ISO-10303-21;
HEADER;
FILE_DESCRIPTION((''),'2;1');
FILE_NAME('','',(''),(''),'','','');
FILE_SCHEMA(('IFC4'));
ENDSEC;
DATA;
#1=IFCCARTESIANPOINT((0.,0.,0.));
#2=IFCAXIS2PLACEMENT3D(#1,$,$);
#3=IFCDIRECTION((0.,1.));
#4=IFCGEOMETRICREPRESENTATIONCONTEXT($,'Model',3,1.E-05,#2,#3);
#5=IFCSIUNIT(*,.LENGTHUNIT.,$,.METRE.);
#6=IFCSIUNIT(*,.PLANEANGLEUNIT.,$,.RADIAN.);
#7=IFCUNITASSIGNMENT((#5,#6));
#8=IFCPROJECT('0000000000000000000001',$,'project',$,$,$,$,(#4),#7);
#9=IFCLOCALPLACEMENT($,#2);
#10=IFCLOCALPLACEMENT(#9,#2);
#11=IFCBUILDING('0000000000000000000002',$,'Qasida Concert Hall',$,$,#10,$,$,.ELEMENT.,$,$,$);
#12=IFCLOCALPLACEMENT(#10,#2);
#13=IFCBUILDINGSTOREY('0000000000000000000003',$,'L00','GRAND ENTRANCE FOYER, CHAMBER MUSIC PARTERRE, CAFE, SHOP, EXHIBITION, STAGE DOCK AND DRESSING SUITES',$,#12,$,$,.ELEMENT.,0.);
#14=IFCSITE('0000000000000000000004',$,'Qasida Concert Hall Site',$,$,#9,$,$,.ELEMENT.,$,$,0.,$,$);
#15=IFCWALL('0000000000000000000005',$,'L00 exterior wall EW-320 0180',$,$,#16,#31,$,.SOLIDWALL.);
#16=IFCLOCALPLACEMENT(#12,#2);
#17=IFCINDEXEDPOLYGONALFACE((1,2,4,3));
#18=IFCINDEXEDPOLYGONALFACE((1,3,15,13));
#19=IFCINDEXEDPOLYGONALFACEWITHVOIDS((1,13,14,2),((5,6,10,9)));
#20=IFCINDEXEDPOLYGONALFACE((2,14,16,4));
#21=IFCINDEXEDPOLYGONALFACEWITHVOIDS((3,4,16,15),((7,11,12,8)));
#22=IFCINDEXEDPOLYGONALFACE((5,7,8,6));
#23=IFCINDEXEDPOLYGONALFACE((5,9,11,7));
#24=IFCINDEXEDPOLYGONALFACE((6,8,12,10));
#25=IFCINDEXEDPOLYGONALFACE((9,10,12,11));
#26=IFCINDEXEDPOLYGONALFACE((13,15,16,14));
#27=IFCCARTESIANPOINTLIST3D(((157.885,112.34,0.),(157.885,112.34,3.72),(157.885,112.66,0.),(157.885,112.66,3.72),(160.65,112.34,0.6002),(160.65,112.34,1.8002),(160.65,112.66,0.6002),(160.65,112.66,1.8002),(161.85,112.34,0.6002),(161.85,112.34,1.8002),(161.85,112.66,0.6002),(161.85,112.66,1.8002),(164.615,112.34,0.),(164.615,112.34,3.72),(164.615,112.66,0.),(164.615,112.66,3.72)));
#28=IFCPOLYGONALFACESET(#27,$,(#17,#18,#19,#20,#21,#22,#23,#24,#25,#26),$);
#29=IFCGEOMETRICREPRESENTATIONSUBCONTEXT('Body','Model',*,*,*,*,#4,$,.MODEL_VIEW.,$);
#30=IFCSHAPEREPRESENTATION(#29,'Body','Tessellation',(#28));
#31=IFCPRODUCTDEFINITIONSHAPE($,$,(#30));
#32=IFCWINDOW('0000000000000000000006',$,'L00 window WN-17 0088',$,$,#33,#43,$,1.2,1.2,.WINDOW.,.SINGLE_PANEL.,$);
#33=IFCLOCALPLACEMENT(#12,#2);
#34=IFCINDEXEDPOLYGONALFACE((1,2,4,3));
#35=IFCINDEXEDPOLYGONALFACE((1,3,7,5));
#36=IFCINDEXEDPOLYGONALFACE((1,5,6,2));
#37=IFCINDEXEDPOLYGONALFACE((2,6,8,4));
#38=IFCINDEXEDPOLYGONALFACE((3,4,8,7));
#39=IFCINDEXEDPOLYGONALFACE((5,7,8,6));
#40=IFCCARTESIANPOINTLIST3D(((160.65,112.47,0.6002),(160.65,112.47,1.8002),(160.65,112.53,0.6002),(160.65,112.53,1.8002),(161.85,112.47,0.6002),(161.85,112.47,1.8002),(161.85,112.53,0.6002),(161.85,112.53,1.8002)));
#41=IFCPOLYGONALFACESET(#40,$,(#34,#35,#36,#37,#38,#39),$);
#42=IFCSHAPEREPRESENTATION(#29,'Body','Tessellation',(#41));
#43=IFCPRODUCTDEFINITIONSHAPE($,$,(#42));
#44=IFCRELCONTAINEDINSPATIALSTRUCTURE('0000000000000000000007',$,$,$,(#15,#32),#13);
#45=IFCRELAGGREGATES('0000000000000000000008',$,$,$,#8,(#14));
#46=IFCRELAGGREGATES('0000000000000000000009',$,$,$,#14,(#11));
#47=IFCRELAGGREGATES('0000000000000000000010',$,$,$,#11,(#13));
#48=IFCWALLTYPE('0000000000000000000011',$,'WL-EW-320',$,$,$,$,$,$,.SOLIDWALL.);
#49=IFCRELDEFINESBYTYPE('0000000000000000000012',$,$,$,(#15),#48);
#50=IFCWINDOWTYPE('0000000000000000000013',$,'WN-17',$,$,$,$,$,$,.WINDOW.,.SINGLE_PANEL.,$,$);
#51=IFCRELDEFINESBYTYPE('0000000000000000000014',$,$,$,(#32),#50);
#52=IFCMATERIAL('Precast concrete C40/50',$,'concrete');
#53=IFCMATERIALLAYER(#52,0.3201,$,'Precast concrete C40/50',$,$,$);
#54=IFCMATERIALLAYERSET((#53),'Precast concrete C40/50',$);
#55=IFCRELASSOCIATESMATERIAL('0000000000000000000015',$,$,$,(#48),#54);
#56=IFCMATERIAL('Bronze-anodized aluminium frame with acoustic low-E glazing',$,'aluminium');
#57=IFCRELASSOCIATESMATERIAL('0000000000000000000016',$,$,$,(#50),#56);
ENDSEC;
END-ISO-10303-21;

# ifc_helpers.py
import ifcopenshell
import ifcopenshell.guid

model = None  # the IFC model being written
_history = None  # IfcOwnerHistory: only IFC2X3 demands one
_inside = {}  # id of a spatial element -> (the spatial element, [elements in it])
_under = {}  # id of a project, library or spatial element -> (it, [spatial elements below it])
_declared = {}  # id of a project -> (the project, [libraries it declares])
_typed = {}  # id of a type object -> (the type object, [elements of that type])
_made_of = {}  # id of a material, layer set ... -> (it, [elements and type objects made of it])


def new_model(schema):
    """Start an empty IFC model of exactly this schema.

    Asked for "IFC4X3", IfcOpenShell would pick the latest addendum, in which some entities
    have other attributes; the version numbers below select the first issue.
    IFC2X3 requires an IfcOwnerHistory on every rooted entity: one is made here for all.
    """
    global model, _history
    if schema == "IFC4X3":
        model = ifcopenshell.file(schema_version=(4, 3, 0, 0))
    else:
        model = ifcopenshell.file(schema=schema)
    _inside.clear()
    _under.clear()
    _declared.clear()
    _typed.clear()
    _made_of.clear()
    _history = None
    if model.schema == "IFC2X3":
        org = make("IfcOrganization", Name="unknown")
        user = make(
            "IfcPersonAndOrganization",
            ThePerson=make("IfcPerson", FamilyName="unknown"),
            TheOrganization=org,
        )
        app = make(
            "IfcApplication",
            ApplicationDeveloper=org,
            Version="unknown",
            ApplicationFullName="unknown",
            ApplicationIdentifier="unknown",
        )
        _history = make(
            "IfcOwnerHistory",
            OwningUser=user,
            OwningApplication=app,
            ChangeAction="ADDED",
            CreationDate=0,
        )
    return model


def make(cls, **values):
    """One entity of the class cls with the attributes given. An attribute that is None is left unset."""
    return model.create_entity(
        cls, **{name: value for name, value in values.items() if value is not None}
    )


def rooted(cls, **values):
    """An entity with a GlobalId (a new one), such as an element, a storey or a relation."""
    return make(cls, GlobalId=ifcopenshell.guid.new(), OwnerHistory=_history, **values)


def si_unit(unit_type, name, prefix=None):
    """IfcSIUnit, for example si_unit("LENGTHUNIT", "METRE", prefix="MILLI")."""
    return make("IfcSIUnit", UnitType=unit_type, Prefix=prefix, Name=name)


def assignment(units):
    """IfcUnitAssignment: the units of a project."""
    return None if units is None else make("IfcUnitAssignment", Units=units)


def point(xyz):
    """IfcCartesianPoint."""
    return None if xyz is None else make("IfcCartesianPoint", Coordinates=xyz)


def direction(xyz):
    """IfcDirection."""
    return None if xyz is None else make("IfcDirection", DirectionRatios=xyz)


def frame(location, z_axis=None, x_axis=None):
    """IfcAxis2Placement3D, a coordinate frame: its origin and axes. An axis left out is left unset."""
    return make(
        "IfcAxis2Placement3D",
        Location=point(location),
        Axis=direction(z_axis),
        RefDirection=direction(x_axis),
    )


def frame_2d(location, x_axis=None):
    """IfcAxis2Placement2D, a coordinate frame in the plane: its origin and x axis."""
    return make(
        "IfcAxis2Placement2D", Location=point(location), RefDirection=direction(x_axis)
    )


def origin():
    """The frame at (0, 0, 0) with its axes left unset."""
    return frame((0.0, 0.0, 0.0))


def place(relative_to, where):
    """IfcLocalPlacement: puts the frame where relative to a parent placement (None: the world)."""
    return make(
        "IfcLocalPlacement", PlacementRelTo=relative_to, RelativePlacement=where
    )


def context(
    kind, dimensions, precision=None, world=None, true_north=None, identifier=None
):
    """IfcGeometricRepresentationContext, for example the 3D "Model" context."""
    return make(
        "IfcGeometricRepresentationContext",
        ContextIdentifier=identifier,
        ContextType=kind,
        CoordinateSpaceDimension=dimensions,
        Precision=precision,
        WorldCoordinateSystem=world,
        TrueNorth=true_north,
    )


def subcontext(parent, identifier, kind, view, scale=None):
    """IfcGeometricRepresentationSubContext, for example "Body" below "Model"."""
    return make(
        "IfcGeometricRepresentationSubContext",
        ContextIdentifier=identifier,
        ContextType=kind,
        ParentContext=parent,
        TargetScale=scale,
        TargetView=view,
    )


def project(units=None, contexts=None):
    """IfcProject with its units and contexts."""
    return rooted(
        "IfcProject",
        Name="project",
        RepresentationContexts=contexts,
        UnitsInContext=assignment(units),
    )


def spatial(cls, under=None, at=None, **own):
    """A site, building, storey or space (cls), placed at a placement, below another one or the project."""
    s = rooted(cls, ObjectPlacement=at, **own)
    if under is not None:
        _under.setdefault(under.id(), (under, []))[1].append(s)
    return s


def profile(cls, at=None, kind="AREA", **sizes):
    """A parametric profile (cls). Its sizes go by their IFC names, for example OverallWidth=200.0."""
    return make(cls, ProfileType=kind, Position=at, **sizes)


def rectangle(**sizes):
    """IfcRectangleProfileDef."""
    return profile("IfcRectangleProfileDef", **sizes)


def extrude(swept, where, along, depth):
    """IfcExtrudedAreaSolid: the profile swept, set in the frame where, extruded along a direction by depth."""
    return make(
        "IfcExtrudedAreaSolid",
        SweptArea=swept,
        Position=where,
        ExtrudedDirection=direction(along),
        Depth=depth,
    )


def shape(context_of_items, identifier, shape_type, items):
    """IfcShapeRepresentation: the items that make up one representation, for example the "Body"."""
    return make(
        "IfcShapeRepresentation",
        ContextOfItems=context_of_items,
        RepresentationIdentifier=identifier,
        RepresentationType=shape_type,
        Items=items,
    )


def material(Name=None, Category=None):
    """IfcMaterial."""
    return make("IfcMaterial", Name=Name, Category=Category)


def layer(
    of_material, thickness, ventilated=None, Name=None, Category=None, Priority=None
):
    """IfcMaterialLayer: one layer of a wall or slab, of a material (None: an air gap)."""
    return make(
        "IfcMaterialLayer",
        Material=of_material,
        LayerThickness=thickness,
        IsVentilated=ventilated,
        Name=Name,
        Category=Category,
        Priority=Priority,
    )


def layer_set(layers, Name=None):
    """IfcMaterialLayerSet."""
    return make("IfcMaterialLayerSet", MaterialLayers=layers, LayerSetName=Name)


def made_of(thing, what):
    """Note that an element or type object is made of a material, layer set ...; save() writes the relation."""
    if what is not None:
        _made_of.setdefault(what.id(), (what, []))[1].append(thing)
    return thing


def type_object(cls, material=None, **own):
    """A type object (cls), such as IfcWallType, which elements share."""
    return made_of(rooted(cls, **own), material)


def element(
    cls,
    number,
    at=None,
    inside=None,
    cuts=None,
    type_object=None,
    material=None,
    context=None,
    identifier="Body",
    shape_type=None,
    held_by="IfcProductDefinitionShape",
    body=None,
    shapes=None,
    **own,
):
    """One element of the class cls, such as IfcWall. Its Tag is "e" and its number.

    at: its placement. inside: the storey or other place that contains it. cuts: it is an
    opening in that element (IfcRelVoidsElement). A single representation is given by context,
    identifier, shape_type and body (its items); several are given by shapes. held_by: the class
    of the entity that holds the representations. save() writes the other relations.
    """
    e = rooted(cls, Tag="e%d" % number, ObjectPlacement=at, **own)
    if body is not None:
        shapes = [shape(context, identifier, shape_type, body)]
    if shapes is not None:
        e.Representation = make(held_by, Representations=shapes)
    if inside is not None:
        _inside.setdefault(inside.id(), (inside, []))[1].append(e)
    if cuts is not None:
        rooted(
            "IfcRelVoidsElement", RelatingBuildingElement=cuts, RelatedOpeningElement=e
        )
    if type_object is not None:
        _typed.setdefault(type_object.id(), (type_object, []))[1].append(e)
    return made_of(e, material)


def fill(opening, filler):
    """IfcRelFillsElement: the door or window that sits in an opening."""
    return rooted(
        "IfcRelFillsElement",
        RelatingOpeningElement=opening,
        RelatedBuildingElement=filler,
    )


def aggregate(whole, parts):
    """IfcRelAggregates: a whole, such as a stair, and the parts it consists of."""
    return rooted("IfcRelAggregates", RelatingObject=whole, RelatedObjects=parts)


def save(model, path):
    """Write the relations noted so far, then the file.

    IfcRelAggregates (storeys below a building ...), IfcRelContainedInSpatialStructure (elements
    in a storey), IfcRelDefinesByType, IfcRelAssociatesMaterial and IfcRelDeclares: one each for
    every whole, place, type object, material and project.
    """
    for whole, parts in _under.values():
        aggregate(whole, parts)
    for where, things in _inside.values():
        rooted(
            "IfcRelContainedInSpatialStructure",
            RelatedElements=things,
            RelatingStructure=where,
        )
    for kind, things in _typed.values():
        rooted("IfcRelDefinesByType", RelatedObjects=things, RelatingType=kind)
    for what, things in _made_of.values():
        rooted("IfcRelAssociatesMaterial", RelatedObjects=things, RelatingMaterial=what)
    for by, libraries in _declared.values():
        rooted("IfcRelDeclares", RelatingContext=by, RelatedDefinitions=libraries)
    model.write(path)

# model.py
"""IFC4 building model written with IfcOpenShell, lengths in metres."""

from ifc_helpers import new_model, si_unit, direction, frame, frame_2d, origin, place, context, subcontext, project, spatial, rectangle, extrude, material, layer, layer_set, type_object, element, fill, save


model = new_model("IFC4")

# Units and contexts
model_context = context("Model", 3, precision=1e-05, world=origin(), true_north=direction((0.0, 1.0)))
body_context = subcontext(model_context, "Body", "Model", "MODEL_VIEW")
ifc_project = project(units=[si_unit("LENGTHUNIT", "METRE"), si_unit("PLANEANGLEUNIT", "RADIAN")], contexts=[model_context])

# Site, building, storey
site_placement = place(None, origin())
site = spatial("IfcSite", under=ifc_project, at=site_placement, Name="Qasida Concert Hall Site", CompositionType="ELEMENT", RefElevation=0.0)
building_placement = place(site_placement, origin())
building = spatial("IfcBuilding", under=site, at=building_placement, Name="Qasida Concert Hall", CompositionType="ELEMENT")
storey_placement = place(building_placement, origin())
storey = spatial("IfcBuildingStorey", under=building, at=storey_placement, Name="L00", Description="GRAND ENTRANCE FOYER, CHAMBER MUSIC PARTERRE, CAFE, SHOP, EXHIBITION, STAGE DOCK AND DRESSING SUITES", CompositionType="ELEMENT", Elevation=0.0)

# Wall, opening, window
ifc_material_1 = material(Name="Precast concrete C40/50", Category="concrete")
ifc_layer_1 = layer(ifc_material_1, 0.3201, Name="Precast concrete C40/50")
ifc_layer_set_1 = layer_set([ifc_layer_1], Name="Precast concrete C40/50")
wall_type = type_object("IfcWallType", Name="WL-EW-320", PredefinedType="SOLIDWALL", material=ifc_layer_set_1)
wall_placement = place(storey_placement, frame((157.885, 112.5, 0.0), z_axis=(0.0, 0.0, 1.0), x_axis=(1.0, 0.0, 0.0)))
wall = element("IfcWall", 1, at=wall_placement, inside=storey, type_object=wall_type, Name="L00 exterior wall EW-320 0180", PredefinedType="SOLIDWALL", context=body_context, shape_type="SweptSolid", body=[
    extrude(rectangle(XDim=6.73, YDim=0.3201, at=frame_2d((3.365, 0.0))), origin(), (0.0, 0.0, 1.0), 3.72),
])
opening_placement = place(wall_placement, frame((2.7649, 0.0, 0.6001)))
opening = element("IfcOpeningElement", 2, at=opening_placement, cuts=wall, PredefinedType="OPENING", context=body_context, shape_type="SweptSolid", body=[
    extrude(rectangle(XDim=1.2, YDim=1.2, at=frame_2d((0.6001, 0.6001))), frame((0.0, 0.1699, 0.0), z_axis=(0.0, -1.0, 0.0), x_axis=(1.0, 0.0, 0.0)), (0.0, 0.0, 1.0), 0.3401),
])
ifc_material_2 = material(Name="Bronze-anodized aluminium frame with acoustic low-E glazing", Category="aluminium")
window_type = type_object("IfcWindowType", Name="WN-17", PartitioningType="SINGLE_PANEL", PredefinedType="WINDOW", material=ifc_material_2)
window_placement = place(opening_placement, origin())
window = element("IfcWindow", 3, at=window_placement, inside=storey, type_object=window_type, Name="L00 window WN-17 0088", OverallHeight=1.2, OverallWidth=1.2, PartitioningType="SINGLE_PANEL", PredefinedType="WINDOW", context=body_context, shape_type="SweptSolid", body=[
    extrude(rectangle(XDim=1.2, YDim=1.2, at=frame_2d((0.6001, 0.6001))), frame((0.0, 0.03, 0.0), z_axis=(0.0, -1.0, 0.0), x_axis=(1.0, 0.0, 0.0)), (0.0, 0.0, 1.0), 0.0601),
])
fill(opening, window)

save(model, "model.ifc")
